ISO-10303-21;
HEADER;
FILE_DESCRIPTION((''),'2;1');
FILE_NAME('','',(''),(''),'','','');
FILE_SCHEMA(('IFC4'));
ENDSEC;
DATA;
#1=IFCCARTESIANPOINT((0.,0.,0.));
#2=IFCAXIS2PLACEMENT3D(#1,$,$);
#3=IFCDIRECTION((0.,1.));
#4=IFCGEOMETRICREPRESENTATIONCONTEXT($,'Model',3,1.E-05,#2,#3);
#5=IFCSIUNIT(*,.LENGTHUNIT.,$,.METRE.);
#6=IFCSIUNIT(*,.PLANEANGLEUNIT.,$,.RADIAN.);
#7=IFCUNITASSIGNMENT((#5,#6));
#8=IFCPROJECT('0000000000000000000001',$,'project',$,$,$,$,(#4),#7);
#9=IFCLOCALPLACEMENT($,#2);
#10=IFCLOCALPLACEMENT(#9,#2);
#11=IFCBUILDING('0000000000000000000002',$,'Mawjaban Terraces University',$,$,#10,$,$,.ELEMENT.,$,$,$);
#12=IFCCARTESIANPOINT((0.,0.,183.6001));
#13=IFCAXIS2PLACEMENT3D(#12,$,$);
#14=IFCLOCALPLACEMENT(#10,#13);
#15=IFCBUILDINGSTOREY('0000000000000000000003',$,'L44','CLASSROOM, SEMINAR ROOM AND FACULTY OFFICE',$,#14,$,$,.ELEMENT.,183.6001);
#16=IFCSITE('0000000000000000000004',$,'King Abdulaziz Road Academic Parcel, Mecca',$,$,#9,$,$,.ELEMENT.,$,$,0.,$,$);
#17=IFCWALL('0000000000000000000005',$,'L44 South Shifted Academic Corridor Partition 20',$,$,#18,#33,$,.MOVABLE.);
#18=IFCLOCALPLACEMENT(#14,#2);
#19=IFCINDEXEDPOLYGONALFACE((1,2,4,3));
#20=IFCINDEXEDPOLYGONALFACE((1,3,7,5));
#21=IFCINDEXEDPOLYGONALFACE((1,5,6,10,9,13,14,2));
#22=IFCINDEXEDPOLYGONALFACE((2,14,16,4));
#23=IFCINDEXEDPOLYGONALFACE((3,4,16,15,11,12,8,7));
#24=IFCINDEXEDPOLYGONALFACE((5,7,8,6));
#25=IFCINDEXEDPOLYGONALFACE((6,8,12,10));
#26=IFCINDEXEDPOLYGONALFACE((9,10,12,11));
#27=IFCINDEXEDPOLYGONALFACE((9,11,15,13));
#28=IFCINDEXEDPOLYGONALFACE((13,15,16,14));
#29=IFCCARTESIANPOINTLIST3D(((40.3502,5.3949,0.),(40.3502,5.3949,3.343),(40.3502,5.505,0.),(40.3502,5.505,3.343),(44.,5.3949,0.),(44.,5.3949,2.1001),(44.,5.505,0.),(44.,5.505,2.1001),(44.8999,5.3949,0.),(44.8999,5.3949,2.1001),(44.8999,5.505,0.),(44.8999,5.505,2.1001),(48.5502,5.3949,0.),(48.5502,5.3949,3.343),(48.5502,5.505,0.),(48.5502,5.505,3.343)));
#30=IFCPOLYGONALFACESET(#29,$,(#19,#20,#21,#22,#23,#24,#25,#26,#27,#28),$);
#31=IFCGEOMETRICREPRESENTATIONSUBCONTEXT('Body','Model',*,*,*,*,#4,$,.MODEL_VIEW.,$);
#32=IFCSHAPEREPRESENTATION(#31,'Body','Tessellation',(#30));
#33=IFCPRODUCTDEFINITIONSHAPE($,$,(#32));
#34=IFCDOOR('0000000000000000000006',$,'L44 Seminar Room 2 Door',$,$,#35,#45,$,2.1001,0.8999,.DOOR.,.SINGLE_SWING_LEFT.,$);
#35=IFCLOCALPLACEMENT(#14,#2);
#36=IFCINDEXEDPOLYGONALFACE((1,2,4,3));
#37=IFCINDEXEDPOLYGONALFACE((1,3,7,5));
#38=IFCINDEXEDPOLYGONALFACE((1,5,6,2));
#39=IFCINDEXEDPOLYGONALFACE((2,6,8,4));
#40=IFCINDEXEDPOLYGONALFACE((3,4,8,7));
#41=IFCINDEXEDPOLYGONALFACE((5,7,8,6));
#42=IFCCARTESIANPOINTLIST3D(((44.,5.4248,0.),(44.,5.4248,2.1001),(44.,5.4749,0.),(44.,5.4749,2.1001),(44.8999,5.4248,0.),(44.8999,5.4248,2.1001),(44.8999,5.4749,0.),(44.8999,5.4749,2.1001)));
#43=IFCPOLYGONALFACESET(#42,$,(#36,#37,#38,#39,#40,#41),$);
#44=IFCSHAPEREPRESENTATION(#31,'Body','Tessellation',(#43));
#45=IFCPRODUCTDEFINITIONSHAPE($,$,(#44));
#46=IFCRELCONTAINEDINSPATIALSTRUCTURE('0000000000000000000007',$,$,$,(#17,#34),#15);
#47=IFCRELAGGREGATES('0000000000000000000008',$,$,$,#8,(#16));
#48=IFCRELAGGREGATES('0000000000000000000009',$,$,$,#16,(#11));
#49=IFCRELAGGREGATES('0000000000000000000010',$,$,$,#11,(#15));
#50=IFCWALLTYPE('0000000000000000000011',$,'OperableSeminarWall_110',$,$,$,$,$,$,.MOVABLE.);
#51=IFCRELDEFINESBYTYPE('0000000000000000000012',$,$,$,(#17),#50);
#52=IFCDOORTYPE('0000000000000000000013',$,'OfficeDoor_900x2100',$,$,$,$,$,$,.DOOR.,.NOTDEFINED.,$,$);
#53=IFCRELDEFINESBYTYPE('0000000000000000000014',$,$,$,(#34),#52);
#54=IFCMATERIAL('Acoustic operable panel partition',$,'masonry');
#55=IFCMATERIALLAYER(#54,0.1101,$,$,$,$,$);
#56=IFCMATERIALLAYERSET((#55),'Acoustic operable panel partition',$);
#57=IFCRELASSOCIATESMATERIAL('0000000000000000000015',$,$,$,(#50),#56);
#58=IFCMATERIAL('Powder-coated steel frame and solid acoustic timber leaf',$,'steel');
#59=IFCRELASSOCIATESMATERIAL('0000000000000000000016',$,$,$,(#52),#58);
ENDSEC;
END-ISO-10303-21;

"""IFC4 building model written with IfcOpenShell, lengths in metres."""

from ifc_helpers import new_model, si_unit, direction, frame, frame_2d, origin, place, context, subcontext, project, spatial, rectangle, extrude, material, layer, layer_set, type_object, element, fill, save


model = new_model("IFC4")

# Units and contexts
model_context = context("Model", 3, precision=1e-05, world=origin(), true_north=direction((0.0, 1.0)))
body_context = subcontext(model_context, "Body", "Model", "MODEL_VIEW")
ifc_project = project(units=[si_unit("LENGTHUNIT", "METRE"), si_unit("PLANEANGLEUNIT", "RADIAN")], contexts=[model_context])

# Site, building, storey
site_placement = place(None, origin())
site = spatial("IfcSite", under=ifc_project, at=site_placement, Name="King Abdulaziz Road Academic Parcel, Mecca", CompositionType="ELEMENT", RefElevation=0.0)
building_placement = place(site_placement, origin())
building = spatial("IfcBuilding", under=site, at=building_placement, Name="Mawjaban Terraces University", CompositionType="ELEMENT")
storey_placement = place(building_placement, frame((0.0, 0.0, 183.6001)))
storey = spatial("IfcBuildingStorey", under=building, at=storey_placement, Name="L44", Description="CLASSROOM, SEMINAR ROOM AND FACULTY OFFICE", CompositionType="ELEMENT", Elevation=183.6001)

# Shared definitions
ifc_material_1 = material(Name="Powder-coated steel frame and solid acoustic timber leaf", Category="steel")

# Wall, opening, door
ifc_material_2 = material(Name="Acoustic operable panel partition", Category="masonry")
ifc_layer_1 = layer(ifc_material_2, 0.1101)
ifc_layer_set_1 = layer_set([ifc_layer_1], Name="Acoustic operable panel partition")
wall_type_1 = type_object("IfcWallType", Name="OperableSeminarWall_110", PredefinedType="MOVABLE", material=ifc_layer_set_1)
wall_1_placement = place(storey_placement, frame((40.3501, 5.45, 0.0), z_axis=(0.0, 0.0, 1.0), x_axis=(1.0, 0.0, 0.0)))
wall_1 = element("IfcWall", 1, at=wall_1_placement, inside=storey, type_object=wall_type_1, Name="L44 South Shifted Academic Corridor Partition 20", PredefinedType="MOVABLE", context=body_context, shape_type="SweptSolid", body=[
    extrude(rectangle(XDim=8.2, YDim=0.1101, at=frame_2d((4.1001, 0.0))), origin(), (0.0, 0.0, 1.0), 3.343),
])
opening_1_placement = place(wall_1_placement, frame((3.6499, 0.0, 0.0)))
opening_1 = element("IfcOpeningElement", 2, at=opening_1_placement, cuts=wall_1, PredefinedType="OPENING", context=body_context, shape_type="SweptSolid", body=[
    extrude(rectangle(XDim=0.8999, YDim=2.1001, at=frame_2d((0.45, 1.05))), frame((0.0, 0.0649, 0.0), z_axis=(0.0, -1.0, 0.0), x_axis=(1.0, 0.0, 0.0)), (0.0, 0.0, 1.0), 0.1301),
])
door_type_1 = type_object("IfcDoorType", Name="OfficeDoor_900x2100", OperationType="NOTDEFINED", PredefinedType="DOOR", material=ifc_material_1)
door_1_placement = place(opening_1_placement, origin())
door_1 = element("IfcDoor", 3, at=door_1_placement, inside=storey, type_object=door_type_1, Name="L44 Seminar Room 2 Door", OperationType="SINGLE_SWING_LEFT", OverallHeight=2.1001, OverallWidth=0.8999, PredefinedType="DOOR", context=body_context, shape_type="SweptSolid", body=[
    extrude(rectangle(XDim=0.8999, YDim=2.1001, at=frame_2d((0.45, 1.05))), frame((0.0, 0.0249, 0.0), z_axis=(0.0, -1.0, 0.0), x_axis=(1.0, 0.0, 0.0)), (0.0, 0.0, 1.0), 0.05),
])
fill(opening_1, door_1)

save(model, "model.ifc")
